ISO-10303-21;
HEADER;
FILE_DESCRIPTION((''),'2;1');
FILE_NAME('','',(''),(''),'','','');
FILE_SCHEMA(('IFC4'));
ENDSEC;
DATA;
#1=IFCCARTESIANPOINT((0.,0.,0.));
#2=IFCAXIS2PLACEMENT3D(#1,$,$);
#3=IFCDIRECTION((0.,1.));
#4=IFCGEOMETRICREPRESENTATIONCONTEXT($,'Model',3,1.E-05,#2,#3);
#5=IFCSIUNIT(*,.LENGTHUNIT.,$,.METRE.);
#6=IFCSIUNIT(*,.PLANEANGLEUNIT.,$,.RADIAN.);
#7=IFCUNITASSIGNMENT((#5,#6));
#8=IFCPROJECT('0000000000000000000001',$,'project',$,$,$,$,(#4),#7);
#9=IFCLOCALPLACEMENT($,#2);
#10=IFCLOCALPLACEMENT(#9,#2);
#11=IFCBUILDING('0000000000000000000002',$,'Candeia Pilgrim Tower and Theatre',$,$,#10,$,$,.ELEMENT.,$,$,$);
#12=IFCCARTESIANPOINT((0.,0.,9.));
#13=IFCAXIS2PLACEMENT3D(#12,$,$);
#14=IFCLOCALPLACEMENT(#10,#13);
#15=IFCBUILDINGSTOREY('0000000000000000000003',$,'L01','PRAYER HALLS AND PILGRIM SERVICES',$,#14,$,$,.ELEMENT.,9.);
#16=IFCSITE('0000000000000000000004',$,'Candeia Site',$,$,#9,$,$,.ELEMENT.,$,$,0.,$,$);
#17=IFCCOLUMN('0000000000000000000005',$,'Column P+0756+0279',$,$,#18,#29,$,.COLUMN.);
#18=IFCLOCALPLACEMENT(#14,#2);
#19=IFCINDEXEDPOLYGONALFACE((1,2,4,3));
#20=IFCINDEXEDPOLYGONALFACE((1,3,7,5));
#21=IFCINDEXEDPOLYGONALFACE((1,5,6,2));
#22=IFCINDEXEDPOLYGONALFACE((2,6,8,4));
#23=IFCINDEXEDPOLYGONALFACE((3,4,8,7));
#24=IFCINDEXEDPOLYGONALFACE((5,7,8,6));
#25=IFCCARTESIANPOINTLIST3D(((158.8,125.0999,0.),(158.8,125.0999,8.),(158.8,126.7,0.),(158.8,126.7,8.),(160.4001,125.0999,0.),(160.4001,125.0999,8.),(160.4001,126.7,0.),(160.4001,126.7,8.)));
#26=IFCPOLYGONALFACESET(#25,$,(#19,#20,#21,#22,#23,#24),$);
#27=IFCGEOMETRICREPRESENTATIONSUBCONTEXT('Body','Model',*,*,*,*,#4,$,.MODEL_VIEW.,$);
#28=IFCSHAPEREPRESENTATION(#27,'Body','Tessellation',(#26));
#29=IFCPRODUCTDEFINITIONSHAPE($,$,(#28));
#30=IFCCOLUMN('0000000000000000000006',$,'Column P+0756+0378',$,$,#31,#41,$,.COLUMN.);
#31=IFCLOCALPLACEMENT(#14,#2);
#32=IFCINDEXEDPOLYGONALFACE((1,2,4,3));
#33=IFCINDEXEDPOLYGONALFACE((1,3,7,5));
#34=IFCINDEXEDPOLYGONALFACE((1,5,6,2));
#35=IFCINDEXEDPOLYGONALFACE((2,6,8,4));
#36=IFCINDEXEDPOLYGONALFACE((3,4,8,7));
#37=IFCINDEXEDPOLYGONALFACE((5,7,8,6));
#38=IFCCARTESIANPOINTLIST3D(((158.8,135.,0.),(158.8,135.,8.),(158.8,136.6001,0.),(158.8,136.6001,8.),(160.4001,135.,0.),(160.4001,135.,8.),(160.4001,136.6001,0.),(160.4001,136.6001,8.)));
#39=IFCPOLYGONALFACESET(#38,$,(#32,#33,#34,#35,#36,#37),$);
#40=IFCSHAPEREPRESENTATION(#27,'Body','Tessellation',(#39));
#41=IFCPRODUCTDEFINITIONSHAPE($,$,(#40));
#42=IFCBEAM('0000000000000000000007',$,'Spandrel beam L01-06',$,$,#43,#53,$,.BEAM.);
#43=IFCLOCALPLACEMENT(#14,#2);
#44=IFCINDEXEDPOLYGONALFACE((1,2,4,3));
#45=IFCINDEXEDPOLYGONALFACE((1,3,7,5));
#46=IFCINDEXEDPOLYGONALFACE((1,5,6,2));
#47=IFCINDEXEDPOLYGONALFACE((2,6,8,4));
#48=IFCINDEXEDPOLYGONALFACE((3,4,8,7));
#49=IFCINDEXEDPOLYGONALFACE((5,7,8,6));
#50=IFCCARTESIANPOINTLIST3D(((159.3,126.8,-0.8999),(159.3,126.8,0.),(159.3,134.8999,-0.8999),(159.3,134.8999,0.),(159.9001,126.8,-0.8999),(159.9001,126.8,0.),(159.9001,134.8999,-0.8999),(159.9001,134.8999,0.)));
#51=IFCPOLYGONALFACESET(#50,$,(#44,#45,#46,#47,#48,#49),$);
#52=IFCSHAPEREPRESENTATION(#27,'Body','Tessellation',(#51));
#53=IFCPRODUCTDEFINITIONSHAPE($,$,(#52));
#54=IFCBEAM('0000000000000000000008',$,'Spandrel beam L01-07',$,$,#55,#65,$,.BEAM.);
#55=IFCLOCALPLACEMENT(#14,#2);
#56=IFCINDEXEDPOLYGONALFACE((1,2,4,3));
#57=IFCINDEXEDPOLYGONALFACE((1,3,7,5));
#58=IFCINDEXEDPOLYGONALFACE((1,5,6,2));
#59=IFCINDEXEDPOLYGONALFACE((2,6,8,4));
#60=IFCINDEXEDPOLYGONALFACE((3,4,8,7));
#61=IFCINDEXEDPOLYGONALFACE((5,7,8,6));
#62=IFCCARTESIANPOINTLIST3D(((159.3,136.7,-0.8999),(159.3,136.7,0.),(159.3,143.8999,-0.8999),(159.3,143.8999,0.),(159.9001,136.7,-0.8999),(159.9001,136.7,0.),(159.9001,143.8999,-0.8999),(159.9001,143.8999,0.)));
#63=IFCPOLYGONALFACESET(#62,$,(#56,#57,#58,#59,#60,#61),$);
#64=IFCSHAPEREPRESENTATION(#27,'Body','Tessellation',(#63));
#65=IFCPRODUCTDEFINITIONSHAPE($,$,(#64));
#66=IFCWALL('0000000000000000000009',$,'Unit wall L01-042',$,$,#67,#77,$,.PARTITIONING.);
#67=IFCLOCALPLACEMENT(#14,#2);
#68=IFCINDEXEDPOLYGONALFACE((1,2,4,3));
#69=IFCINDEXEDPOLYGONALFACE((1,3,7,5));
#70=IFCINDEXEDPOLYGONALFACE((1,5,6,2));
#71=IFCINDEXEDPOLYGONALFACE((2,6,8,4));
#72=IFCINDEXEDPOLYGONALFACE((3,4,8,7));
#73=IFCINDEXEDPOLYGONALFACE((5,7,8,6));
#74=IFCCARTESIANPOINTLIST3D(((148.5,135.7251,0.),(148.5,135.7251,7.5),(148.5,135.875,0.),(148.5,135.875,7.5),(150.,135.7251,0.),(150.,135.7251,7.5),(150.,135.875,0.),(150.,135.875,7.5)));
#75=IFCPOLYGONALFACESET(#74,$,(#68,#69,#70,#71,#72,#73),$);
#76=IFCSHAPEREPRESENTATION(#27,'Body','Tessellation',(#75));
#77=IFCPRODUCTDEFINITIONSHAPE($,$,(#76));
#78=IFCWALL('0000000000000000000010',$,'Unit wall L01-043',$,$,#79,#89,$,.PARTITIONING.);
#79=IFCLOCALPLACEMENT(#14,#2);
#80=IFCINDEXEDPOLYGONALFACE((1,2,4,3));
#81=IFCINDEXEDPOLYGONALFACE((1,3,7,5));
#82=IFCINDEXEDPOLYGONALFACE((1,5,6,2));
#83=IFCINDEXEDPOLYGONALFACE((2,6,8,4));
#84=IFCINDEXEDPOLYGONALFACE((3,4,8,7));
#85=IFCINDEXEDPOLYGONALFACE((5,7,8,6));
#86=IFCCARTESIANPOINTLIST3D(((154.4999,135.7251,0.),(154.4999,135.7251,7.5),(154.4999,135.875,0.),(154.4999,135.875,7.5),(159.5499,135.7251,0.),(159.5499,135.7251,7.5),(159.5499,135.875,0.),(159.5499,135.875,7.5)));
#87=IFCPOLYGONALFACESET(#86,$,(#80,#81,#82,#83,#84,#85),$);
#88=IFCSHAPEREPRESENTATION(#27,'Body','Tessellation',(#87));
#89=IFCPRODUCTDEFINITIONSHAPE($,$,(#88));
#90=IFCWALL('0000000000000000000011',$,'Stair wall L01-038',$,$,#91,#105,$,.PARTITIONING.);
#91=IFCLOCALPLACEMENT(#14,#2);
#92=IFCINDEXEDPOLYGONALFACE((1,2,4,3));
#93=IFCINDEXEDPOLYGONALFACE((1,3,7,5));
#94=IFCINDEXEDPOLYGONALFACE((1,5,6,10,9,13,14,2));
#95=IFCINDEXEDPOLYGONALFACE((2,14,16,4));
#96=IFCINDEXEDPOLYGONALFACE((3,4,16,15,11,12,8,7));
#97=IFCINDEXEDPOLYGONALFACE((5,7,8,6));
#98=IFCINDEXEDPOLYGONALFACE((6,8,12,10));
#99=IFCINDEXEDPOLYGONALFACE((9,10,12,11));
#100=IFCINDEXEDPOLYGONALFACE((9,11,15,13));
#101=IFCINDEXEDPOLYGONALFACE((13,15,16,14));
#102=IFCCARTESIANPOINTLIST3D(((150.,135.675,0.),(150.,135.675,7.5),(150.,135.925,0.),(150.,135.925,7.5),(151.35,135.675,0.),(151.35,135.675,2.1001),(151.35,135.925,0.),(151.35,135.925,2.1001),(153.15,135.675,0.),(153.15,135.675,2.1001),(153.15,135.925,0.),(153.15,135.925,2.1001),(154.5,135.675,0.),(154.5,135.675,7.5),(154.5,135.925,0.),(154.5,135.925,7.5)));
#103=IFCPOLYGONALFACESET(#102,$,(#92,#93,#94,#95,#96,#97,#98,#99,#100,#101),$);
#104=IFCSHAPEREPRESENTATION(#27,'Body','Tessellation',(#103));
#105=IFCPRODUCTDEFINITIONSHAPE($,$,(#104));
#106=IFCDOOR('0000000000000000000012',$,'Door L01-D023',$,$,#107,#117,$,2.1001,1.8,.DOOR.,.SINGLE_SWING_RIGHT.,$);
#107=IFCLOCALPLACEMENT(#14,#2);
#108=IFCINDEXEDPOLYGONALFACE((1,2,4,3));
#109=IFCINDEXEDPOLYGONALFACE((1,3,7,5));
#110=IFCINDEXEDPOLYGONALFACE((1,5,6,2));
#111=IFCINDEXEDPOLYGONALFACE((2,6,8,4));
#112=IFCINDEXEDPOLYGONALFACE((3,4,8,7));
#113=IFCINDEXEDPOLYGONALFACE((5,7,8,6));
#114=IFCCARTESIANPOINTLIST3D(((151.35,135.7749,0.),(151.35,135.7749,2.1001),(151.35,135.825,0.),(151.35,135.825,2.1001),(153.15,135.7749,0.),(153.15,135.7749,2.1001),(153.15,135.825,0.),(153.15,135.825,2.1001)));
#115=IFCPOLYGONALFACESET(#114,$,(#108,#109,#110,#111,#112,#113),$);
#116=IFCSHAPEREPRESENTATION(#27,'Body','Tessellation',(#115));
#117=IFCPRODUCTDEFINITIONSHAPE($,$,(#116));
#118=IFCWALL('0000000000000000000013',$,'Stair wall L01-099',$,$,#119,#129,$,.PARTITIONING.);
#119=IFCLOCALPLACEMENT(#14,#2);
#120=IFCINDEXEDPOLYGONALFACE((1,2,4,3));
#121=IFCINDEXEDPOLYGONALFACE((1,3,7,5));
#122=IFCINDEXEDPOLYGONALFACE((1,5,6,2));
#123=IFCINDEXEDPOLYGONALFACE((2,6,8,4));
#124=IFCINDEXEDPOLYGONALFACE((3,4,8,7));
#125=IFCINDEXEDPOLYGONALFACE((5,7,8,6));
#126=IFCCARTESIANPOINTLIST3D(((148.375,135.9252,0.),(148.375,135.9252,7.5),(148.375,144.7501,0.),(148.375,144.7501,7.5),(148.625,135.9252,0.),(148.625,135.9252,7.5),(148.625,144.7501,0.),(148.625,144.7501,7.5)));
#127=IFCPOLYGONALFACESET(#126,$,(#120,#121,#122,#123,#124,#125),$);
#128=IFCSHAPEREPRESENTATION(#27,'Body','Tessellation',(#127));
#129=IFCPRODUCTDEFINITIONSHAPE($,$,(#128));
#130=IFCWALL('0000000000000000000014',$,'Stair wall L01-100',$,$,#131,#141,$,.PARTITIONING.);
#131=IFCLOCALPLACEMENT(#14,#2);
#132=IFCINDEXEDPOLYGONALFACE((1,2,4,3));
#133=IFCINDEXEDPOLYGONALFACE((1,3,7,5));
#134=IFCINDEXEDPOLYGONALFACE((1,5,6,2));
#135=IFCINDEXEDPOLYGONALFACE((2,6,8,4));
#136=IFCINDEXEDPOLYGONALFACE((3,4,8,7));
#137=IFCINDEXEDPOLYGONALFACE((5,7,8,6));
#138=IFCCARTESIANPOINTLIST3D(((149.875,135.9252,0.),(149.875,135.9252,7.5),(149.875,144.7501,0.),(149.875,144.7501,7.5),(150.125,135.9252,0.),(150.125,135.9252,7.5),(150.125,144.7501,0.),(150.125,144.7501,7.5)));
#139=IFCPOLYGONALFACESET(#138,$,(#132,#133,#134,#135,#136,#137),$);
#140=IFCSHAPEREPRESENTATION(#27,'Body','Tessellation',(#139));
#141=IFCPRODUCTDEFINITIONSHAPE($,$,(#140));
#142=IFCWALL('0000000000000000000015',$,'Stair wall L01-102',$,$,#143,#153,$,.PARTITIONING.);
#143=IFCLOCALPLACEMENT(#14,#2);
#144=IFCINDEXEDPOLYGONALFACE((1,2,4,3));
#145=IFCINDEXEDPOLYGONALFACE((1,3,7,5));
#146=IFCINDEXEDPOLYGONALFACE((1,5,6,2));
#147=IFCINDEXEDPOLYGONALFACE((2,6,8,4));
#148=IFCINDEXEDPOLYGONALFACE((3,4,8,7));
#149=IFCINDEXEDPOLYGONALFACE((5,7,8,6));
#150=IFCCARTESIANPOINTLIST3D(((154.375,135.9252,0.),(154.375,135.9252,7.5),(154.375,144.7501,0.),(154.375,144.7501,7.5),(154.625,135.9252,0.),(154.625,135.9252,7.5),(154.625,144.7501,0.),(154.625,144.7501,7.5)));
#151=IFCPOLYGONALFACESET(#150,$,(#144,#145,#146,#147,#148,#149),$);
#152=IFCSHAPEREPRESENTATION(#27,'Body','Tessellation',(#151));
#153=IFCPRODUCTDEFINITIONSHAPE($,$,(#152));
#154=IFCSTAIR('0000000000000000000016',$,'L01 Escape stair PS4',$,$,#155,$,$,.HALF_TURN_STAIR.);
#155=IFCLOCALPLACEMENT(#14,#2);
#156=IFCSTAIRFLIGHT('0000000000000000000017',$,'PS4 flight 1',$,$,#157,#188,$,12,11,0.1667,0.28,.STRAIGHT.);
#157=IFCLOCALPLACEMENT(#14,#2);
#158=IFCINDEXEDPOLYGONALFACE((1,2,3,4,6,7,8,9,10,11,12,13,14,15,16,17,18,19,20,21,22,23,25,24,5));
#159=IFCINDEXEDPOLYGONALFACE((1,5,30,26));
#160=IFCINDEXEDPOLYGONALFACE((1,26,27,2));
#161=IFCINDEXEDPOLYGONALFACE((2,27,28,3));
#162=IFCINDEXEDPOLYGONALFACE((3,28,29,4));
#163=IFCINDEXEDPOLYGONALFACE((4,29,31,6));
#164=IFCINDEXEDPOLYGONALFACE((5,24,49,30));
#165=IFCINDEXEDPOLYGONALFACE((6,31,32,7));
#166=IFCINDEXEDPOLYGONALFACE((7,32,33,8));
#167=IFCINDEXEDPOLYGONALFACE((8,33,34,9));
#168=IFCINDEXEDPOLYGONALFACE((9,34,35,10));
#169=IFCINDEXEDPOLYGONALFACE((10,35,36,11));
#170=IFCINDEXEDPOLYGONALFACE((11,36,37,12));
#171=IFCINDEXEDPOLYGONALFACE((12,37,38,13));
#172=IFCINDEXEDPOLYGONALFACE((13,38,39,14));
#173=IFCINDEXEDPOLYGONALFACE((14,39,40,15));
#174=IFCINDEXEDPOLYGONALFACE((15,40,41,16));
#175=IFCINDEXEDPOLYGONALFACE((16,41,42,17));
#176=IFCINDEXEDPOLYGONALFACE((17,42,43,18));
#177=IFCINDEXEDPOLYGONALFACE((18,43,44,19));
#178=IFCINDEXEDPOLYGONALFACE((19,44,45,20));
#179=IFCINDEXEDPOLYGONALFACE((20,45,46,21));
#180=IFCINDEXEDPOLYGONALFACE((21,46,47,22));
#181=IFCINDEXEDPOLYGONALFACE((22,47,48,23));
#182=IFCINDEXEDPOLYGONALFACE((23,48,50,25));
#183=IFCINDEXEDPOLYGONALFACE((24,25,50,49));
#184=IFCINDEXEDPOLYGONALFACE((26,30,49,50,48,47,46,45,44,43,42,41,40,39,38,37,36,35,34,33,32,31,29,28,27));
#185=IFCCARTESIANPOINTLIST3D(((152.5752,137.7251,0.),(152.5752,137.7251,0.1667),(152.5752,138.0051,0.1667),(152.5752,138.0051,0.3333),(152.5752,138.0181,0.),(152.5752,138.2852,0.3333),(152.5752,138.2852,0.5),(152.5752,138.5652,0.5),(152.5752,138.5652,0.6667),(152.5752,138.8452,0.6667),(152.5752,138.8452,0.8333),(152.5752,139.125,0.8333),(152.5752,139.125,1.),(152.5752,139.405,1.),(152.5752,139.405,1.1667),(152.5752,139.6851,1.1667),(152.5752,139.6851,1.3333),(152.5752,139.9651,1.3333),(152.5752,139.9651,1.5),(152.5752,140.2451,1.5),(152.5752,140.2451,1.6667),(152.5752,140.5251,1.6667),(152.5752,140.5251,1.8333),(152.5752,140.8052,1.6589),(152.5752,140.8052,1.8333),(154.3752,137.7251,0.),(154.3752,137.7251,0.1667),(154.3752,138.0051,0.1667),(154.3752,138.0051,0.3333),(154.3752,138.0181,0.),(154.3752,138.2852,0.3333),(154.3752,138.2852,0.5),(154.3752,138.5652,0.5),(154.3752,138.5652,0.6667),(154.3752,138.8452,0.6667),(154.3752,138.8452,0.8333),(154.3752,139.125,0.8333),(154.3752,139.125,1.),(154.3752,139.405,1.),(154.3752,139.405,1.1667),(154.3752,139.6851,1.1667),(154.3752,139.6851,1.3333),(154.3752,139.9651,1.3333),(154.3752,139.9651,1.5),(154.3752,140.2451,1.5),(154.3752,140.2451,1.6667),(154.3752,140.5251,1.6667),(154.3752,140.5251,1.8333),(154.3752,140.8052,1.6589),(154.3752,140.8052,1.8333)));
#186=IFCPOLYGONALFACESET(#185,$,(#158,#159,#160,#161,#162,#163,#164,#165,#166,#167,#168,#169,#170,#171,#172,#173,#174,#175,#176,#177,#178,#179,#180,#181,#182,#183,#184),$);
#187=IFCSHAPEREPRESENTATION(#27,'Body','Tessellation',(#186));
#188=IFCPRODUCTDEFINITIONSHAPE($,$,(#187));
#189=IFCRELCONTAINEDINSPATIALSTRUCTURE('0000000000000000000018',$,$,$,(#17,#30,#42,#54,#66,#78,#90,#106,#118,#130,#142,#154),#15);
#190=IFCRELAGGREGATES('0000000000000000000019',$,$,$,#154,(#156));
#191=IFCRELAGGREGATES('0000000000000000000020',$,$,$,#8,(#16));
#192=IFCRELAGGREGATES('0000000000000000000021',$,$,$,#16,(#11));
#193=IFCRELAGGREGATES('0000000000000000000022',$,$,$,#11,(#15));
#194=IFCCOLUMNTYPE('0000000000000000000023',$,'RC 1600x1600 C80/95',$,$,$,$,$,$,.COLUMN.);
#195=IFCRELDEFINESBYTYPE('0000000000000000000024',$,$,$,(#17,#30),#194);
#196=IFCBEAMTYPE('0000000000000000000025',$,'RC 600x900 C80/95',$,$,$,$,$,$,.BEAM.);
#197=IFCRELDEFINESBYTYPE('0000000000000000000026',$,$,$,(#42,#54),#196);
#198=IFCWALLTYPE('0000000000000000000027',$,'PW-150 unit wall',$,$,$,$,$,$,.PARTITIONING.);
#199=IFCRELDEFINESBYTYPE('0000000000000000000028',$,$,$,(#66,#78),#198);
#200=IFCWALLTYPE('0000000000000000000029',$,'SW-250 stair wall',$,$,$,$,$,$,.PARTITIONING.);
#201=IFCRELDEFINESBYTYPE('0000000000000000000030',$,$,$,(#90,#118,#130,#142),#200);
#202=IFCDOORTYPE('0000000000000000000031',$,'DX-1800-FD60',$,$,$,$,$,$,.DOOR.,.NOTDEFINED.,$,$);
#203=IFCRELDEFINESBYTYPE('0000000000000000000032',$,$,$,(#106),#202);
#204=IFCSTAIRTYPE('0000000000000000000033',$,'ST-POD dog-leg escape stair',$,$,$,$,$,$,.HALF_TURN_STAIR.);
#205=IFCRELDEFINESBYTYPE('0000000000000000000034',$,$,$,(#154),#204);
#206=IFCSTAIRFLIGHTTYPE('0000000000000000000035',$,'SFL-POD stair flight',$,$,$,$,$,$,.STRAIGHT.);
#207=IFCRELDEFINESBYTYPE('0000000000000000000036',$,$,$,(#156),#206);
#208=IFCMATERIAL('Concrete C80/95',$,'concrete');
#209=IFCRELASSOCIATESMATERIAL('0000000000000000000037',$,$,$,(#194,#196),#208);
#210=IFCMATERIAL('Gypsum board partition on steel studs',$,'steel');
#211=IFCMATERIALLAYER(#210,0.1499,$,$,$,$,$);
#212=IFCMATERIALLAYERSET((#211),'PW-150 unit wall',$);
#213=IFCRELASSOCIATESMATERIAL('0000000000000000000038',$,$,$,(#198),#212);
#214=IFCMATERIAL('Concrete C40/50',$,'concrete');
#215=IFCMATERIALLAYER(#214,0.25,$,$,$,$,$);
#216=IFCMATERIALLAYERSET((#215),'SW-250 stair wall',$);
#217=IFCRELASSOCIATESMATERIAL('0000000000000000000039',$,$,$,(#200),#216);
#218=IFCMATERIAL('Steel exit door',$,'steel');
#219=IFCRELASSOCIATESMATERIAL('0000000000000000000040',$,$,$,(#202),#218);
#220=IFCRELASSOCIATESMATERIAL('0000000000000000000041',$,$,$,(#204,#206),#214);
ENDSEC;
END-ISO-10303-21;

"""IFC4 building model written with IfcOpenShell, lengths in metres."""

from ifc_helpers import new_model, si_unit, direction, frame, frame_2d, origin, origin_2d, place, context, subcontext, project, spatial, polyline, rectangle, outline, extrude, material, layer, layer_set, material_profile, profile_set, type_object, element, fill, aggregate, save


model = new_model("IFC4")

# Units and contexts
model_context = context("Model", 3, precision=1e-05, world=origin(), true_north=direction((0.0, 1.0)))
body_context = subcontext(model_context, "Body", "Model", "MODEL_VIEW")
ifc_project = project(units=[si_unit("LENGTHUNIT", "METRE"), si_unit("PLANEANGLEUNIT", "RADIAN")], contexts=[model_context])

# Site, building, storey
site_placement = place(None, origin())
site = spatial("IfcSite", under=ifc_project, at=site_placement, Name="Candeia Site", CompositionType="ELEMENT", RefElevation=0.0)
building_placement = place(site_placement, origin())
building = spatial("IfcBuilding", under=site, at=building_placement, Name="Candeia Pilgrim Tower and Theatre", CompositionType="ELEMENT")
storey_placement = place(building_placement, frame((0.0, 0.0, 9.0)))
storey = spatial("IfcBuildingStorey", under=building, at=storey_placement, Name="L01", Description="PRAYER HALLS AND PILGRIM SERVICES", CompositionType="ELEMENT", Elevation=9.0)

# Columns
ifc_material_1 = material(Name="Concrete C80/95", Category="concrete")
ifc_material_profile_1 = material_profile(ifc_material_1, rectangle(XDim=1.6001, YDim=1.6001, at=origin_2d()))
ifc_profile_set_1 = profile_set([ifc_material_profile_1], Name="Concrete C80/95")
column_type = type_object("IfcColumnType", Name="RC 1600x1600 C80/95", PredefinedType="COLUMN", material=ifc_profile_set_1)
for number, where, z_axis, x_axis, name in (
    (1, (159.6001, 125.8999, 0.0), (0.0, 0.0, 1.0), (1.0, 0.0, 0.0), "Column P+0756+0279"),
    (2, (159.6001, 135.8, 0.0), (0.0, 0.0, 1.0), (1.0, 0.0, 0.0), "Column P+0756+0378"),
):
    element("IfcColumn", number, at=place(storey_placement, frame(where, z_axis=z_axis, x_axis=x_axis)), inside=storey, type_object=column_type, Name=name, PredefinedType="COLUMN", context=body_context, shape_type="SweptSolid", body=[
        extrude(rectangle(XDim=1.6001, YDim=1.6001, at=origin_2d()), origin(), (0.0, 0.0, 1.0), 8.0),
    ])

# Beams
ifc_material_profile_2 = material_profile(ifc_material_1, rectangle(XDim=0.6001, YDim=0.8999, at=origin_2d()))
ifc_profile_set_2 = profile_set([ifc_material_profile_2], Name="Concrete C80/95")
beam_type = type_object("IfcBeamType", Name="RC 600x900 C80/95", PredefinedType="BEAM", material=ifc_profile_set_2)
beam_1_placement = place(storey_placement, frame((159.6001, 126.8, -0.45), z_axis=(0.0, 1.0, 0.0), x_axis=(-1.0, 0.0, 0.0)))
element("IfcBeam", 3, at=beam_1_placement, inside=storey, type_object=beam_type, Name="Spandrel beam L01-06", PredefinedType="BEAM", context=body_context, shape_type="SweptSolid", body=[
    extrude(rectangle(XDim=0.6001, YDim=0.8999, at=origin_2d()), origin(), (0.0, 0.0, 1.0), 8.0999),
])
beam_2_placement = place(storey_placement, frame((159.6001, 136.7, -0.45), z_axis=(0.0, 1.0, 0.0), x_axis=(-1.0, 0.0, 0.0)))
element("IfcBeam", 4, at=beam_2_placement, inside=storey, type_object=beam_type, Name="Spandrel beam L01-07", PredefinedType="BEAM", context=body_context, shape_type="SweptSolid", body=[
    extrude(rectangle(XDim=0.6001, YDim=0.8999, at=origin_2d()), origin(), (0.0, 0.0, 1.0), 7.2),
])

# Walls
ifc_material_2 = material(Name="Gypsum board partition on steel studs", Category="steel")
ifc_layer_1 = layer(ifc_material_2, 0.1499)
ifc_layer_set_1 = layer_set([ifc_layer_1], Name="PW-150 unit wall")
wall_type_1 = type_object("IfcWallType", Name="PW-150 unit wall", PredefinedType="PARTITIONING", material=ifc_layer_set_1)
wall_1_placement = place(storey_placement, frame((148.5, 135.8, 0.0), z_axis=(0.0, 0.0, 1.0), x_axis=(1.0, 0.0, 0.0)))
element("IfcWall", 5, at=wall_1_placement, inside=storey, type_object=wall_type_1, Name="Unit wall L01-042", PredefinedType="PARTITIONING", context=body_context, shape_type="SweptSolid", body=[
    extrude(rectangle(XDim=1.5, YDim=0.1499, at=frame_2d((0.75, 0.0))), origin(), (0.0, 0.0, 1.0), 7.5),
])
wall_2_placement = place(storey_placement, frame((154.5, 135.8, 0.0), z_axis=(0.0, 0.0, 1.0), x_axis=(1.0, 0.0, 0.0)))
element("IfcWall", 6, at=wall_2_placement, inside=storey, type_object=wall_type_1, Name="Unit wall L01-043", PredefinedType="PARTITIONING", context=body_context, shape_type="SweptSolid", body=[
    extrude(rectangle(XDim=5.05, YDim=0.1499, at=frame_2d((2.5249, 0.0))), origin(), (0.0, 0.0, 1.0), 7.5),
])

# Wall, opening, door
ifc_material_3 = material(Name="Concrete C40/50", Category="concrete")
ifc_layer_2 = layer(ifc_material_3, 0.25)
ifc_layer_set_2 = layer_set([ifc_layer_2], Name="SW-250 stair wall")
wall_type_2 = type_object("IfcWallType", Name="SW-250 stair wall", PredefinedType="PARTITIONING", material=ifc_layer_set_2)
wall_3_placement = place(storey_placement, frame((150.0, 135.8, 0.0), z_axis=(0.0, 0.0, 1.0), x_axis=(1.0, 0.0, 0.0)))
wall_3 = element("IfcWall", 7, at=wall_3_placement, inside=storey, type_object=wall_type_2, Name="Stair wall L01-038", PredefinedType="PARTITIONING", context=body_context, shape_type="SweptSolid", body=[
    extrude(rectangle(XDim=4.5, YDim=0.25, at=frame_2d((2.25, 0.0))), origin(), (0.0, 0.0, 1.0), 7.5),
])
opening_placement = place(wall_3_placement, frame((1.3501, 0.0, 0.0)))
opening = element("IfcOpeningElement", 8, at=opening_placement, cuts=wall_3, PredefinedType="OPENING", context=body_context, shape_type="SweptSolid", body=[
    extrude(rectangle(XDim=1.8, YDim=2.1001, at=frame_2d((0.8999, 1.05))), frame((0.0, 0.135, 0.0), z_axis=(0.0, -1.0, 0.0), x_axis=(1.0, 0.0, 0.0)), (0.0, 0.0, 1.0), 0.27),
])
ifc_material_4 = material(Name="Steel exit door", Category="steel")
door_type = type_object("IfcDoorType", Name="DX-1800-FD60", OperationType="NOTDEFINED", PredefinedType="DOOR", material=ifc_material_4)
door_placement = place(opening_placement, origin())
door = element("IfcDoor", 9, at=door_placement, inside=storey, type_object=door_type, Name="Door L01-D023", OperationType="SINGLE_SWING_RIGHT", OverallHeight=2.1001, OverallWidth=1.8, PredefinedType="DOOR", context=body_context, shape_type="SweptSolid", body=[
    extrude(rectangle(XDim=1.8, YDim=2.1001, at=frame_2d((0.8999, 1.05))), frame((0.0, 0.0249, 0.0), z_axis=(0.0, -1.0, 0.0), x_axis=(1.0, 0.0, 0.0)), (0.0, 0.0, 1.0), 0.05),
])
fill(opening, door)

# Walls
for number, where, z_axis, x_axis, name in (
    (10, (148.5, 135.925, 0.0), (0.0, 0.0, 1.0), (0.0, 1.0, 0.0), "Stair wall L01-099"),
    (11, (150.0, 135.925, 0.0), (0.0, 0.0, 1.0), (0.0, 1.0, 0.0), "Stair wall L01-100"),
    (12, (154.5, 135.925, 0.0), (0.0, 0.0, 1.0), (0.0, 1.0, 0.0), "Stair wall L01-102"),
):
    element("IfcWall", number, at=place(storey_placement, frame(where, z_axis=z_axis, x_axis=x_axis)), inside=storey, type_object=wall_type_2, Name=name, PredefinedType="PARTITIONING", context=body_context, shape_type="SweptSolid", body=[
        extrude(rectangle(XDim=8.825, YDim=0.25, at=frame_2d((4.4126, 0.0))), origin(), (0.0, 0.0, 1.0), 7.5),
    ])

# Stair, stair flight
stair_type = type_object("IfcStairType", Name="ST-POD dog-leg escape stair", PredefinedType="HALF_TURN_STAIR", material=ifc_material_3)
stair_placement = place(storey_placement, origin())
stair = element("IfcStair", 13, at=stair_placement, inside=storey, type_object=stair_type, Name="L01 Escape stair PS4", PredefinedType="HALF_TURN_STAIR")
stair_flight_type = type_object("IfcStairFlightType", Name="SFL-POD stair flight", PredefinedType="STRAIGHT", material=ifc_material_3)
stair_flight_1_placement = place(storey_placement, frame((153.4751, 137.7251, 0.0), z_axis=(0.0, 0.0, 1.0), x_axis=(0.0, 1.0, 0.0)))
stair_flight_1 = element("IfcStairFlight", 14, at=stair_flight_1_placement, type_object=stair_flight_type, Name="PS4 flight 1", NumberOfRisers=12, NumberOfTreads=11, PredefinedType="STRAIGHT", RiserHeight=0.1667, TreadLength=0.28, context=body_context, shape_type="SweptSolid", body=[
    extrude(outline(polyline([(0.0, 0.0), (0.0, 0.1667), (0.28, 0.1667), (0.28, 0.3333), (0.5601, 0.3333), (0.5601, 0.5), (0.8401, 0.5), (0.8401, 0.6667), (1.1201, 0.6667), (1.1201, 0.8333), (1.3999, 0.8333), (1.3999, 1.0), (1.6799, 1.0), (1.6799, 1.1667), (1.96, 1.1667), (1.96, 1.3333), (2.24, 1.3333), (2.24, 1.5), (2.52, 1.5), (2.52, 1.6667), (2.8, 1.6667), (2.8, 1.8333), (3.0801, 1.8333), (3.0801, 2.0), (3.0801, 1.6589), (0.293, 0.0), (0.0, 0.0)])), frame((0.0, 0.8999, 0.0), z_axis=(0.0, -1.0, 0.0), x_axis=(1.0, 0.0, 0.0)), (0.0, 0.0, 1.0), 1.8),
])
aggregate(stair, [stair_flight_1])

save(model, "model.ifc")
